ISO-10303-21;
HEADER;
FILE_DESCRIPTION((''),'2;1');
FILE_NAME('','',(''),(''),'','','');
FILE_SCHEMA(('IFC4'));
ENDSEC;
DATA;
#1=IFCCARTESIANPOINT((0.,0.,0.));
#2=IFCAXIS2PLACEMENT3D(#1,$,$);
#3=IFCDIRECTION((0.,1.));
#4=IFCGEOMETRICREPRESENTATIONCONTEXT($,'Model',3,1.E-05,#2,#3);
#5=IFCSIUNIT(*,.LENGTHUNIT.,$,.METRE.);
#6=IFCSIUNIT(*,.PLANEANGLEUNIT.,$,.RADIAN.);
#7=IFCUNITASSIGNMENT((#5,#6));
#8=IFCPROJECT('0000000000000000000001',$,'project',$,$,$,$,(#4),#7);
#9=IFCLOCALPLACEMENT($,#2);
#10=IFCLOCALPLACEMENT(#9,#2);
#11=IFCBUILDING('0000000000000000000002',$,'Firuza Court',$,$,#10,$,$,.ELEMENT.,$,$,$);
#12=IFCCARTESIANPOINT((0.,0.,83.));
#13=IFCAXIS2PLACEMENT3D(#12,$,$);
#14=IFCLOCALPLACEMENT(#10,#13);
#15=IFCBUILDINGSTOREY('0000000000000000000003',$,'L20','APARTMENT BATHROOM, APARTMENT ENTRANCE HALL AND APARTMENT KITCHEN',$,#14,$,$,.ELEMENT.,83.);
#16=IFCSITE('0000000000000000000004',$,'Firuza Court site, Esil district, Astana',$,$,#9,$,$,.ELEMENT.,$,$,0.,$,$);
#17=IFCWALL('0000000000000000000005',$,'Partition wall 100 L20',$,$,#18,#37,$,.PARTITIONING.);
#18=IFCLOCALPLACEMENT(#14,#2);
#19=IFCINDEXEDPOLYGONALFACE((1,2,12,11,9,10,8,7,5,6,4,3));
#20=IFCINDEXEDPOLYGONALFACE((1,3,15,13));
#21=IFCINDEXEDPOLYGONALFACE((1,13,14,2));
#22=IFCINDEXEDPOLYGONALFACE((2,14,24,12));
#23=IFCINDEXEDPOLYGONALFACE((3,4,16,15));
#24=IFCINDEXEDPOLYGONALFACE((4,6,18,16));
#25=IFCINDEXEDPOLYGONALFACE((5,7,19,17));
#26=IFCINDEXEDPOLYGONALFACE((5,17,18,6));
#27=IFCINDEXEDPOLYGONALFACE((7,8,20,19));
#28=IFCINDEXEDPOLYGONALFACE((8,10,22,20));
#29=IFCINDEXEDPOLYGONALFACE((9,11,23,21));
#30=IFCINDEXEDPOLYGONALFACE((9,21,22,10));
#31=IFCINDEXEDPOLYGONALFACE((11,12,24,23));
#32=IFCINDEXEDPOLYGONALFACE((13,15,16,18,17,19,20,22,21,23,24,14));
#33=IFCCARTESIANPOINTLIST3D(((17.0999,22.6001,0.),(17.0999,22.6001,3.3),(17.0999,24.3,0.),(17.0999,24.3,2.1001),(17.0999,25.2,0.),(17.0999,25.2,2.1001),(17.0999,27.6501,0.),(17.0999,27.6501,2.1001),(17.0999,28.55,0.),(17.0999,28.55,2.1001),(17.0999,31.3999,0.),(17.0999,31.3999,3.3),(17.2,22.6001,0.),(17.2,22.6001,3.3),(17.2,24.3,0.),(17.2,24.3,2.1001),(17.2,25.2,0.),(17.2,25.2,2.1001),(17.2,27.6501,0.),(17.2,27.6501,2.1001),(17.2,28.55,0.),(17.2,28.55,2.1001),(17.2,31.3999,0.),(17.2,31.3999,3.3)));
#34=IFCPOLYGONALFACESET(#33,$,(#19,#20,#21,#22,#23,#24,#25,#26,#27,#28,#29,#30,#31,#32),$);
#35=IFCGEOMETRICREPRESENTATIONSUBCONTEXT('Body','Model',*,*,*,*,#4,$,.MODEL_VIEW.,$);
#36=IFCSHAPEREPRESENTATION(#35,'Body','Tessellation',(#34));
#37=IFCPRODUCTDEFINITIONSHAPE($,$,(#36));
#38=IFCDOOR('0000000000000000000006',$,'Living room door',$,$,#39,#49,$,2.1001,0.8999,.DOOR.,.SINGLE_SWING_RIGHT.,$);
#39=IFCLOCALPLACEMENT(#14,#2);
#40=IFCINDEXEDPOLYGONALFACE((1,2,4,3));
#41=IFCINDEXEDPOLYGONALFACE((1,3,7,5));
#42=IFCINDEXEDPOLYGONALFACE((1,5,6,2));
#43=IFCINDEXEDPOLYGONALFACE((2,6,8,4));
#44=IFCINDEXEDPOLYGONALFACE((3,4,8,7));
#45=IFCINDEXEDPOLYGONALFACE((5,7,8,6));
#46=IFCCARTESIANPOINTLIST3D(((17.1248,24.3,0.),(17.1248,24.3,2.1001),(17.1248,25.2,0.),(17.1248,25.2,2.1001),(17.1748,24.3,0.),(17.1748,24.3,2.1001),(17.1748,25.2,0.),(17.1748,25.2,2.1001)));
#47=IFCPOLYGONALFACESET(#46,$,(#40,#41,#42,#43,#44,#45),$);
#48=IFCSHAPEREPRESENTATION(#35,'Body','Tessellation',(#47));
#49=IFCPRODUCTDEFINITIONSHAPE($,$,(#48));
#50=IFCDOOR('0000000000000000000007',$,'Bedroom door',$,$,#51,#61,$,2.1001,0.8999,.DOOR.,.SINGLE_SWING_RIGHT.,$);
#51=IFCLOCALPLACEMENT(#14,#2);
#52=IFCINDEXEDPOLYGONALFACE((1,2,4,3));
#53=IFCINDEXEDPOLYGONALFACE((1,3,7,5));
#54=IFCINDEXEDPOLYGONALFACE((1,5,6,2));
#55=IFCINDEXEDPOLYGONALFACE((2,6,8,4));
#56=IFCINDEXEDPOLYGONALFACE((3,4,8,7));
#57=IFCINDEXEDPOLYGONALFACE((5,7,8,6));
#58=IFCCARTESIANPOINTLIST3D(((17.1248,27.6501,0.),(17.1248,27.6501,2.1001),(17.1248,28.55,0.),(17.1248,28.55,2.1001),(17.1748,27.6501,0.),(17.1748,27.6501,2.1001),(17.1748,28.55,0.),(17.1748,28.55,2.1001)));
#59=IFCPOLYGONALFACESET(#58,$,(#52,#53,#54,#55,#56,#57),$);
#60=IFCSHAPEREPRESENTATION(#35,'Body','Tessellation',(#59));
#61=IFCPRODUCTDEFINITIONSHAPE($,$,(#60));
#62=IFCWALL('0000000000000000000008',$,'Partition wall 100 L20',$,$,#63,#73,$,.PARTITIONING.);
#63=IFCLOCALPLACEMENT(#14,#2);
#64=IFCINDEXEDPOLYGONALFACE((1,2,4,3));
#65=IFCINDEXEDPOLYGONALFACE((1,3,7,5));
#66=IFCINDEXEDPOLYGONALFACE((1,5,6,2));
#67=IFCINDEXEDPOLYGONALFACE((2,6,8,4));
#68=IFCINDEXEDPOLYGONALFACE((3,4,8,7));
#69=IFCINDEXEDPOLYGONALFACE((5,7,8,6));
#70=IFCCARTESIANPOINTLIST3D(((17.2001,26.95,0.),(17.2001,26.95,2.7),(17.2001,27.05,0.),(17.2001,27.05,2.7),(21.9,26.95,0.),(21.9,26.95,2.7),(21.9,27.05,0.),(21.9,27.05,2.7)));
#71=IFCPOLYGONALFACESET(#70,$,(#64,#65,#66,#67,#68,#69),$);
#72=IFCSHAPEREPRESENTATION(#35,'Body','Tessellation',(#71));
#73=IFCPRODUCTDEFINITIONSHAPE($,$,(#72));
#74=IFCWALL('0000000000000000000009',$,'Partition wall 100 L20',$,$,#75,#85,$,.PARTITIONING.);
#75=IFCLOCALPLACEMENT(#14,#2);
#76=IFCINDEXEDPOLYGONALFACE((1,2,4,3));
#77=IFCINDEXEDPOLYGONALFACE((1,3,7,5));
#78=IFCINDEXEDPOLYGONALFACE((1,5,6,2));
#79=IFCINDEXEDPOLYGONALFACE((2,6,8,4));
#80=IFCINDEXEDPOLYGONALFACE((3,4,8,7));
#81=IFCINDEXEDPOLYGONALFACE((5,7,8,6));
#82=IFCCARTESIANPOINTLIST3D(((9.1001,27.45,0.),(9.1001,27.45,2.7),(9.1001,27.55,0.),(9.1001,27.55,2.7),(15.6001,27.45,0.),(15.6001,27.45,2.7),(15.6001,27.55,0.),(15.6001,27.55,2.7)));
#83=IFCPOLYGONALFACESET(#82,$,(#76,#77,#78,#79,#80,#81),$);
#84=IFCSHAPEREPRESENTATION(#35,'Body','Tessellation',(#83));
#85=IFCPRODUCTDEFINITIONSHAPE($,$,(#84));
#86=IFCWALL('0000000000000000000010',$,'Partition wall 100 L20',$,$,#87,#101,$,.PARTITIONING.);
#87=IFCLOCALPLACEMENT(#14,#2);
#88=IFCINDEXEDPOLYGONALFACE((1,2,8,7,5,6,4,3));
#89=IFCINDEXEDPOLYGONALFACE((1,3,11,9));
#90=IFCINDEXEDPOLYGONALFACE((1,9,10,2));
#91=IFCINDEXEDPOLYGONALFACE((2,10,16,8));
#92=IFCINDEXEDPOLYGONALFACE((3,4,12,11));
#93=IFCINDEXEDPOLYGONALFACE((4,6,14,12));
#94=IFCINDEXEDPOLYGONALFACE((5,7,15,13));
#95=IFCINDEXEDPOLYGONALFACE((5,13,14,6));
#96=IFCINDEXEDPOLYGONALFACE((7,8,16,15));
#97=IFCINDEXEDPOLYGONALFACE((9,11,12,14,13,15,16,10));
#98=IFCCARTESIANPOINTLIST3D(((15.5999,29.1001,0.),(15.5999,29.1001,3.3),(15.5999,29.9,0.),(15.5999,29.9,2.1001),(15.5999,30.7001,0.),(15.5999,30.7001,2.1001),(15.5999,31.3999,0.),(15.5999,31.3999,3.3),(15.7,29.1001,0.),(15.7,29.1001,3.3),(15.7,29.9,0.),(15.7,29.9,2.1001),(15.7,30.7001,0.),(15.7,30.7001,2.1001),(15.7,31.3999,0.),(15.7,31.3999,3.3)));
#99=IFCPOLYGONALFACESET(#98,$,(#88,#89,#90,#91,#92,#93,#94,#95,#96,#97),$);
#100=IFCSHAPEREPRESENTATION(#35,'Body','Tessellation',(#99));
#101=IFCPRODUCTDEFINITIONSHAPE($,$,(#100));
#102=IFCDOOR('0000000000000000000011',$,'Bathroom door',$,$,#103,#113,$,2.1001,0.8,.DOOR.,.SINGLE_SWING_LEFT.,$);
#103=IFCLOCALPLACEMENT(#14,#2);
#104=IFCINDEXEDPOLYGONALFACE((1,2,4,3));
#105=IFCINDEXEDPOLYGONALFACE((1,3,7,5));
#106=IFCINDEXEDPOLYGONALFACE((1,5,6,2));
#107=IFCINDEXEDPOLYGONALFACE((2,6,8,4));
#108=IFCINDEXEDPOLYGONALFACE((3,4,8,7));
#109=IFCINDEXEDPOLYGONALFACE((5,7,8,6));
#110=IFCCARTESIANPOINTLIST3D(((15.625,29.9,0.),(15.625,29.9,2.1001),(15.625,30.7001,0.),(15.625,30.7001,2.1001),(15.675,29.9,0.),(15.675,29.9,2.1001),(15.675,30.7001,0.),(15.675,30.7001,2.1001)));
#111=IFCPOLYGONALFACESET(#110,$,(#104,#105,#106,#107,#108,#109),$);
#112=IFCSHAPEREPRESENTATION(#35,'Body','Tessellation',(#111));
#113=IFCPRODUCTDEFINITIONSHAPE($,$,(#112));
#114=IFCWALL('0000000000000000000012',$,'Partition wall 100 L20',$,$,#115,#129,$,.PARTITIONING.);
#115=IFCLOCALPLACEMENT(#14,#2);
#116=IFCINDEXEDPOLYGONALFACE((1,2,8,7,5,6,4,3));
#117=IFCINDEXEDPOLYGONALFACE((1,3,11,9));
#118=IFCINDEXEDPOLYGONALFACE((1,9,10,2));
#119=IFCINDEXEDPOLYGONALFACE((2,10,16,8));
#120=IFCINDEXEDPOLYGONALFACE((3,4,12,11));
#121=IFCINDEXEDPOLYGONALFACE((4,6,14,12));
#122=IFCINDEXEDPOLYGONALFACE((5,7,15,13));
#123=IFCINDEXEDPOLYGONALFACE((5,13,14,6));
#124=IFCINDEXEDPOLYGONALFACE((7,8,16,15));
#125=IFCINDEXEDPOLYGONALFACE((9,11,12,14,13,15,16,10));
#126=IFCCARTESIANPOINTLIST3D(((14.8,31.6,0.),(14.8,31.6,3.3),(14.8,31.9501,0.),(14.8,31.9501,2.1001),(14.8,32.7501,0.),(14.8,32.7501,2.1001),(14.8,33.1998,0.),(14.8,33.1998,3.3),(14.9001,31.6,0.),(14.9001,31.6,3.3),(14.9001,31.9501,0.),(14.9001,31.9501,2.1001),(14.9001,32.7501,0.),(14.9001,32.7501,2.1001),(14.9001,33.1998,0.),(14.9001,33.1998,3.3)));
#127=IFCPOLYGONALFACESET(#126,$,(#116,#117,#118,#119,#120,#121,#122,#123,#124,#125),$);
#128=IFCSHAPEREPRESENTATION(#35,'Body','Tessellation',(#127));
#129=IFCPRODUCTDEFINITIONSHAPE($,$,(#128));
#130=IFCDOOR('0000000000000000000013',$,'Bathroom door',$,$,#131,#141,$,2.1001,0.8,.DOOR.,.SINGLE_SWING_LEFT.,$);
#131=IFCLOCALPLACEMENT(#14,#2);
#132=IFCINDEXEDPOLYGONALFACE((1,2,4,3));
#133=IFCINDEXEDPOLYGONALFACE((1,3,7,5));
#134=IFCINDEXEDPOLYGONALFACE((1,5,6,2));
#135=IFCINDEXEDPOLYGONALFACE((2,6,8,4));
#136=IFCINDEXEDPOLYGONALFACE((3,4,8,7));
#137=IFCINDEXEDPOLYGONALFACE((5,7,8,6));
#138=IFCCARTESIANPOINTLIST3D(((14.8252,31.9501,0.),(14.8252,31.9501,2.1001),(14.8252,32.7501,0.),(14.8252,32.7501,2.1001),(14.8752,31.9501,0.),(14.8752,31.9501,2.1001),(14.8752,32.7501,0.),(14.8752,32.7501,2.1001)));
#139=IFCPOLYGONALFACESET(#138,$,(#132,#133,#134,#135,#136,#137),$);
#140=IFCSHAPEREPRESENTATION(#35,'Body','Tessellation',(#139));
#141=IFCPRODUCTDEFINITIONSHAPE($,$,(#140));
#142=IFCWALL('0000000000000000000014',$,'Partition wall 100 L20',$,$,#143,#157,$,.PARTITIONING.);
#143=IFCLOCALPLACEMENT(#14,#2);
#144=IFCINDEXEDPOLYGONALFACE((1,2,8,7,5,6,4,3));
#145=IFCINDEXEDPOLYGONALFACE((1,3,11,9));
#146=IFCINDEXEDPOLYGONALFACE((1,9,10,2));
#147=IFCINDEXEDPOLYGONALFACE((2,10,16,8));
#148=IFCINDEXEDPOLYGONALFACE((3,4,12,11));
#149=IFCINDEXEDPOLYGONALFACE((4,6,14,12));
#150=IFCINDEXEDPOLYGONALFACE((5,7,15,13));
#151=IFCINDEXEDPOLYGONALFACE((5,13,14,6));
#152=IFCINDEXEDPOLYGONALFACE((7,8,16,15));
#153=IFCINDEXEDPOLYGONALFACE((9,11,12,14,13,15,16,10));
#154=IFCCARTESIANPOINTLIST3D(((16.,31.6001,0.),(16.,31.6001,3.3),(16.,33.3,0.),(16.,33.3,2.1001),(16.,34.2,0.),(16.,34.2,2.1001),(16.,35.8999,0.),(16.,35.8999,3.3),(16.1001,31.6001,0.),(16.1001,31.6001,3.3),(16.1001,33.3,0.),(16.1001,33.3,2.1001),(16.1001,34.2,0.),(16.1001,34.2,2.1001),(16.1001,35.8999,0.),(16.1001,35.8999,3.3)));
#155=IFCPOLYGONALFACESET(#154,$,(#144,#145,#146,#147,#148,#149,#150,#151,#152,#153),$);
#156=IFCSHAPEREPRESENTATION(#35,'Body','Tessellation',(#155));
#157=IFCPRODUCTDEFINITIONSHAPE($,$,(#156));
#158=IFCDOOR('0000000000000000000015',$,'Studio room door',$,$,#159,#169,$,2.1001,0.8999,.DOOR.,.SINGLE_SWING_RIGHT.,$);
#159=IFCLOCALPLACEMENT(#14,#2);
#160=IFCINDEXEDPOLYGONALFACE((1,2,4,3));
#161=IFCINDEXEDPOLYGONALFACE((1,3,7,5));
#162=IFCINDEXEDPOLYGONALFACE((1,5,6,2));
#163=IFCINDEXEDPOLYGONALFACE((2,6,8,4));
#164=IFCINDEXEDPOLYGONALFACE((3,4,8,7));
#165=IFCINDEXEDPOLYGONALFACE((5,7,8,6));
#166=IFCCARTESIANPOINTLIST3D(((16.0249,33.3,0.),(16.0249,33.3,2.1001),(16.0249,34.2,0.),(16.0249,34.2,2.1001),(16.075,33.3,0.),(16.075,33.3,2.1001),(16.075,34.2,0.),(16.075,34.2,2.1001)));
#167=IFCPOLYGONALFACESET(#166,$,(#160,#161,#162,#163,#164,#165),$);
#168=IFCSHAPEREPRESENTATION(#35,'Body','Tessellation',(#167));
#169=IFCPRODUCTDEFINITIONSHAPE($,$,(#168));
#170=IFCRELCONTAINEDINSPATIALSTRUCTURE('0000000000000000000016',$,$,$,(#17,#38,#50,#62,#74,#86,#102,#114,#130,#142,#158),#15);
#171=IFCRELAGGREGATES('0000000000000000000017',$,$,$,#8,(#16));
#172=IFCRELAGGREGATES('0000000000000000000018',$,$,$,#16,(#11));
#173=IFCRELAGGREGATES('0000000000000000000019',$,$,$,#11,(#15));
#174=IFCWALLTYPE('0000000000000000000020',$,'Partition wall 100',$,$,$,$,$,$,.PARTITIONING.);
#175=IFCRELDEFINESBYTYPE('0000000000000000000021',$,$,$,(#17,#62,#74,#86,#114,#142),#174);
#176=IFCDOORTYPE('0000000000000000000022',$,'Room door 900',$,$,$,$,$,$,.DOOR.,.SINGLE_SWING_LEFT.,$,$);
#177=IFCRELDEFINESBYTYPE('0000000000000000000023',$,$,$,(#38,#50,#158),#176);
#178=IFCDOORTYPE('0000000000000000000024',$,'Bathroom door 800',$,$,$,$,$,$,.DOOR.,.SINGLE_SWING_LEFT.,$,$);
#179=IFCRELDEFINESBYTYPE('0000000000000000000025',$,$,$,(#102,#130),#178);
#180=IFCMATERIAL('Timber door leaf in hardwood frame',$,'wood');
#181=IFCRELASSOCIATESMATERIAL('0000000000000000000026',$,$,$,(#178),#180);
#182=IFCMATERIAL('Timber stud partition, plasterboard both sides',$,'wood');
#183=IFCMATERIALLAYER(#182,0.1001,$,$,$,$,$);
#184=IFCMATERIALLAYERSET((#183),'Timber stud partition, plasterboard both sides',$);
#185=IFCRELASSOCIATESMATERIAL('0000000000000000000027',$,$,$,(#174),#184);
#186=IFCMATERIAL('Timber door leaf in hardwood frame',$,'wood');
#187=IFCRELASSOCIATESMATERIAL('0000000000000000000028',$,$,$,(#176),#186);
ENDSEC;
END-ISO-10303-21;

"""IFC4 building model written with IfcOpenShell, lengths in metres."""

from ifc_helpers import new_model, si_unit, direction, frame, frame_2d, origin, place, context, subcontext, project, spatial, rectangle, extrude, material, layer, layer_set, type_object, element, fill, save


model = new_model("IFC4")

# Units and contexts
model_context = context("Model", 3, precision=1e-05, world=origin(), true_north=direction((0.0, 1.0)))
body_context = subcontext(model_context, "Body", "Model", "MODEL_VIEW")
ifc_project = project(units=[si_unit("LENGTHUNIT", "METRE"), si_unit("PLANEANGLEUNIT", "RADIAN")], contexts=[model_context])

# Site, building, storey
site_placement = place(None, origin())
site = spatial("IfcSite", under=ifc_project, at=site_placement, Name="Firuza Court site, Esil district, Astana", CompositionType="ELEMENT", RefElevation=0.0)
building_placement = place(site_placement, origin())
building = spatial("IfcBuilding", under=site, at=building_placement, Name="Firuza Court", CompositionType="ELEMENT")
storey_placement = place(building_placement, frame((0.0, 0.0, 83.0)))
storey = spatial("IfcBuildingStorey", under=building, at=storey_placement, Name="L20", Description="APARTMENT BATHROOM, APARTMENT ENTRANCE HALL AND APARTMENT KITCHEN", CompositionType="ELEMENT", Elevation=83.0)

# Shared definitions
ifc_material_1 = material(Name="Timber door leaf in hardwood frame", Category="wood")
door_type_1 = type_object("IfcDoorType", Name="Bathroom door 800", OperationType="SINGLE_SWING_LEFT", PredefinedType="DOOR", material=ifc_material_1)

# Shared definitions
ifc_material_2 = material(Name="Timber stud partition, plasterboard both sides", Category="wood")
ifc_layer_1 = layer(ifc_material_2, 0.1001)
ifc_layer_set_1 = layer_set([ifc_layer_1], Name="Timber stud partition, plasterboard both sides")
wall_type_1 = type_object("IfcWallType", Name="Partition wall 100", PredefinedType="PARTITIONING", material=ifc_layer_set_1)
ifc_material_3 = material(Name="Timber door leaf in hardwood frame", Category="wood")
door_type_2 = type_object("IfcDoorType", Name="Room door 900", OperationType="SINGLE_SWING_LEFT", PredefinedType="DOOR", material=ifc_material_3)

# Wall, openings, doors
wall_1_placement = place(storey_placement, frame((17.1499, 22.6001, 0.0), z_axis=(0.0, 0.0, 1.0), x_axis=(0.0, 1.0, 0.0)))
wall_1 = element("IfcWall", 1, at=wall_1_placement, inside=storey, type_object=wall_type_1, Name="Partition wall 100 L20", PredefinedType="PARTITIONING", context=body_context, shape_type="SweptSolid", body=[
    extrude(rectangle(XDim=8.7998, YDim=0.1001, at=frame_2d((4.3999, 0.0))), origin(), (0.0, 0.0, 1.0), 3.3),
])
opening_1_placement = place(wall_1_placement, frame((1.7, 0.0, 0.0)))
opening_1 = element("IfcOpeningElement", 2, at=opening_1_placement, cuts=wall_1, PredefinedType="OPENING", context=body_context, shape_type="SweptSolid", body=[
    extrude(rectangle(XDim=0.8999, YDim=2.1001, at=frame_2d((0.45, 1.05))), frame((0.0, 0.062, 0.0), z_axis=(0.0, -1.0, 0.0), x_axis=(1.0, 0.0, 0.0)), (0.0, 0.0, 1.0), 0.124),
])
opening_2_placement = place(wall_1_placement, frame((5.05, 0.0, 0.0)))
opening_2 = element("IfcOpeningElement", 3, at=opening_2_placement, cuts=wall_1, PredefinedType="OPENING", context=body_context, shape_type="SweptSolid", body=[
    extrude(rectangle(XDim=0.8999, YDim=2.1001, at=frame_2d((0.45, 1.05))), frame((0.0, 0.062, 0.0), z_axis=(0.0, -1.0, 0.0), x_axis=(1.0, 0.0, 0.0)), (0.0, 0.0, 1.0), 0.124),
])
door_1_placement = place(opening_1_placement, frame((0.8999, 0.0, 0.0), z_axis=(0.0, 0.0, 1.0), x_axis=(-1.0, 0.0, 0.0)))
door_1 = element("IfcDoor", 4, at=door_1_placement, inside=storey, type_object=door_type_2, Name="Living room door", OperationType="SINGLE_SWING_RIGHT", OverallHeight=2.1001, OverallWidth=0.8999, PredefinedType="DOOR", context=body_context, shape_type="SweptSolid", body=[
    extrude(rectangle(XDim=0.8999, YDim=2.1001, at=frame_2d((0.45, 1.05))), frame((0.0, 0.0249, 0.0), z_axis=(0.0, -1.0, 0.0), x_axis=(1.0, 0.0, 0.0)), (0.0, 0.0, 1.0), 0.05),
])
fill(opening_1, door_1)
door_2_placement = place(opening_2_placement, frame((0.8999, 0.0, 0.0), z_axis=(0.0, 0.0, 1.0), x_axis=(-1.0, 0.0, 0.0)))
door_2 = element("IfcDoor", 5, at=door_2_placement, inside=storey, type_object=door_type_2, Name="Bedroom door", OperationType="SINGLE_SWING_RIGHT", OverallHeight=2.1001, OverallWidth=0.8999, PredefinedType="DOOR", context=body_context, shape_type="SweptSolid", body=[
    extrude(rectangle(XDim=0.8999, YDim=2.1001, at=frame_2d((0.45, 1.05))), frame((0.0, 0.0249, 0.0), z_axis=(0.0, -1.0, 0.0), x_axis=(1.0, 0.0, 0.0)), (0.0, 0.0, 1.0), 0.05),
])
fill(opening_2, door_2)

# Walls
wall_2_placement = place(storey_placement, frame((17.2, 27.0, 0.0), z_axis=(0.0, 0.0, 1.0), x_axis=(1.0, 0.0, 0.0)))
element("IfcWall", 6, at=wall_2_placement, inside=storey, type_object=wall_type_1, Name="Partition wall 100 L20", PredefinedType="PARTITIONING", context=body_context, shape_type="SweptSolid", body=[
    extrude(rectangle(XDim=4.7, YDim=0.1001, at=frame_2d((2.3501, 0.0))), origin(), (0.0, 0.0, 1.0), 2.7),
])
wall_3_placement = place(storey_placement, frame((9.1001, 27.5, 0.0), z_axis=(0.0, 0.0, 1.0), x_axis=(1.0, 0.0, 0.0)))
element("IfcWall", 7, at=wall_3_placement, inside=storey, type_object=wall_type_1, Name="Partition wall 100 L20", PredefinedType="PARTITIONING", context=body_context, shape_type="SweptSolid", body=[
    extrude(rectangle(XDim=6.5, YDim=0.1001, at=frame_2d((3.25, 0.0))), origin(), (0.0, 0.0, 1.0), 2.7),
])

# Walls, openings, doors
wall_4_placement = place(storey_placement, frame((15.6499, 29.1001, 0.0), z_axis=(0.0, 0.0, 1.0), x_axis=(0.0, 1.0, 0.0)))
wall_4 = element("IfcWall", 8, at=wall_4_placement, inside=storey, type_object=wall_type_1, Name="Partition wall 100 L20", PredefinedType="PARTITIONING", context=body_context, shape_type="SweptSolid", body=[
    extrude(rectangle(XDim=2.2998, YDim=0.1001, at=frame_2d((1.1499, 0.0))), origin(), (0.0, 0.0, 1.0), 3.3),
])
opening_3_placement = place(wall_4_placement, frame((0.8, 0.0, 0.0)))
opening_3 = element("IfcOpeningElement", 9, at=opening_3_placement, cuts=wall_4, PredefinedType="OPENING", context=body_context, shape_type="SweptSolid", body=[
    extrude(rectangle(XDim=0.8, YDim=2.1001, at=frame_2d((0.3999, 1.05))), frame((0.0, 0.062, 0.0), z_axis=(0.0, -1.0, 0.0), x_axis=(1.0, 0.0, 0.0)), (0.0, 0.0, 1.0), 0.124),
])
door_3_placement = place(opening_3_placement, origin())
door_3 = element("IfcDoor", 10, at=door_3_placement, inside=storey, type_object=door_type_1, Name="Bathroom door", OperationType="SINGLE_SWING_LEFT", OverallHeight=2.1001, OverallWidth=0.8, PredefinedType="DOOR", context=body_context, shape_type="SweptSolid", body=[
    extrude(rectangle(XDim=0.8, YDim=2.1001, at=frame_2d((0.3999, 1.05))), frame((0.0, 0.0249, 0.0), z_axis=(0.0, -1.0, 0.0), x_axis=(1.0, 0.0, 0.0)), (0.0, 0.0, 1.0), 0.05),
])
fill(opening_3, door_3)
wall_5_placement = place(storey_placement, frame((14.8501, 31.6001, 0.0), z_axis=(0.0, 0.0, 1.0), x_axis=(0.0, 1.0, 0.0)))
wall_5 = element("IfcWall", 11, at=wall_5_placement, inside=storey, type_object=wall_type_1, Name="Partition wall 100 L20", PredefinedType="PARTITIONING", context=body_context, shape_type="SweptSolid", body=[
    extrude(rectangle(XDim=1.5999, YDim=0.1001, at=frame_2d((0.7998, 0.0))), origin(), (0.0, 0.0, 1.0), 3.3),
])
opening_4_placement = place(wall_5_placement, frame((0.3501, 0.0, 0.0)))
opening_4 = element("IfcOpeningElement", 12, at=opening_4_placement, cuts=wall_5, PredefinedType="OPENING", context=body_context, shape_type="SweptSolid", body=[
    extrude(rectangle(XDim=0.8, YDim=2.1001, at=frame_2d((0.3999, 1.05))), frame((0.0, 0.062, 0.0), z_axis=(0.0, -1.0, 0.0), x_axis=(1.0, 0.0, 0.0)), (0.0, 0.0, 1.0), 0.124),
])
door_4_placement = place(opening_4_placement, origin())
door_4 = element("IfcDoor", 13, at=door_4_placement, inside=storey, type_object=door_type_1, Name="Bathroom door", OperationType="SINGLE_SWING_LEFT", OverallHeight=2.1001, OverallWidth=0.8, PredefinedType="DOOR", context=body_context, shape_type="SweptSolid", body=[
    extrude(rectangle(XDim=0.8, YDim=2.1001, at=frame_2d((0.3999, 1.05))), frame((0.0, 0.0249, 0.0), z_axis=(0.0, -1.0, 0.0), x_axis=(1.0, 0.0, 0.0)), (0.0, 0.0, 1.0), 0.05),
])
fill(opening_4, door_4)
wall_6_placement = place(storey_placement, frame((16.05, 31.6001, 0.0), z_axis=(0.0, 0.0, 1.0), x_axis=(0.0, 1.0, 0.0)))
wall_6 = element("IfcWall", 14, at=wall_6_placement, inside=storey, type_object=wall_type_1, Name="Partition wall 100 L20", PredefinedType="PARTITIONING", context=body_context, shape_type="SweptSolid", body=[
    extrude(rectangle(XDim=4.2998, YDim=0.1001, at=frame_2d((2.1499, 0.0))), origin(), (0.0, 0.0, 1.0), 3.3),
])
opening_5_placement = place(wall_6_placement, frame((1.7, 0.0, 0.0)))
opening_5 = element("IfcOpeningElement", 15, at=opening_5_placement, cuts=wall_6, PredefinedType="OPENING", context=body_context, shape_type="SweptSolid", body=[
    extrude(rectangle(XDim=0.8999, YDim=2.1001, at=frame_2d((0.45, 1.05))), frame((0.0, 0.062, 0.0), z_axis=(0.0, -1.0, 0.0), x_axis=(1.0, 0.0, 0.0)), (0.0, 0.0, 1.0), 0.124),
])
door_5_placement = place(opening_5_placement, frame((0.8999, 0.0, 0.0), z_axis=(0.0, 0.0, 1.0), x_axis=(-1.0, 0.0, 0.0)))
door_5 = element("IfcDoor", 16, at=door_5_placement, inside=storey, type_object=door_type_2, Name="Studio room door", OperationType="SINGLE_SWING_RIGHT", OverallHeight=2.1001, OverallWidth=0.8999, PredefinedType="DOOR", context=body_context, shape_type="SweptSolid", body=[
    extrude(rectangle(XDim=0.8999, YDim=2.1001, at=frame_2d((0.45, 1.05))), frame((0.0, 0.0249, 0.0), z_axis=(0.0, -1.0, 0.0), x_axis=(1.0, 0.0, 0.0)), (0.0, 0.0, 1.0), 0.05),
])
fill(opening_5, door_5)

save(model, "model.ifc")
